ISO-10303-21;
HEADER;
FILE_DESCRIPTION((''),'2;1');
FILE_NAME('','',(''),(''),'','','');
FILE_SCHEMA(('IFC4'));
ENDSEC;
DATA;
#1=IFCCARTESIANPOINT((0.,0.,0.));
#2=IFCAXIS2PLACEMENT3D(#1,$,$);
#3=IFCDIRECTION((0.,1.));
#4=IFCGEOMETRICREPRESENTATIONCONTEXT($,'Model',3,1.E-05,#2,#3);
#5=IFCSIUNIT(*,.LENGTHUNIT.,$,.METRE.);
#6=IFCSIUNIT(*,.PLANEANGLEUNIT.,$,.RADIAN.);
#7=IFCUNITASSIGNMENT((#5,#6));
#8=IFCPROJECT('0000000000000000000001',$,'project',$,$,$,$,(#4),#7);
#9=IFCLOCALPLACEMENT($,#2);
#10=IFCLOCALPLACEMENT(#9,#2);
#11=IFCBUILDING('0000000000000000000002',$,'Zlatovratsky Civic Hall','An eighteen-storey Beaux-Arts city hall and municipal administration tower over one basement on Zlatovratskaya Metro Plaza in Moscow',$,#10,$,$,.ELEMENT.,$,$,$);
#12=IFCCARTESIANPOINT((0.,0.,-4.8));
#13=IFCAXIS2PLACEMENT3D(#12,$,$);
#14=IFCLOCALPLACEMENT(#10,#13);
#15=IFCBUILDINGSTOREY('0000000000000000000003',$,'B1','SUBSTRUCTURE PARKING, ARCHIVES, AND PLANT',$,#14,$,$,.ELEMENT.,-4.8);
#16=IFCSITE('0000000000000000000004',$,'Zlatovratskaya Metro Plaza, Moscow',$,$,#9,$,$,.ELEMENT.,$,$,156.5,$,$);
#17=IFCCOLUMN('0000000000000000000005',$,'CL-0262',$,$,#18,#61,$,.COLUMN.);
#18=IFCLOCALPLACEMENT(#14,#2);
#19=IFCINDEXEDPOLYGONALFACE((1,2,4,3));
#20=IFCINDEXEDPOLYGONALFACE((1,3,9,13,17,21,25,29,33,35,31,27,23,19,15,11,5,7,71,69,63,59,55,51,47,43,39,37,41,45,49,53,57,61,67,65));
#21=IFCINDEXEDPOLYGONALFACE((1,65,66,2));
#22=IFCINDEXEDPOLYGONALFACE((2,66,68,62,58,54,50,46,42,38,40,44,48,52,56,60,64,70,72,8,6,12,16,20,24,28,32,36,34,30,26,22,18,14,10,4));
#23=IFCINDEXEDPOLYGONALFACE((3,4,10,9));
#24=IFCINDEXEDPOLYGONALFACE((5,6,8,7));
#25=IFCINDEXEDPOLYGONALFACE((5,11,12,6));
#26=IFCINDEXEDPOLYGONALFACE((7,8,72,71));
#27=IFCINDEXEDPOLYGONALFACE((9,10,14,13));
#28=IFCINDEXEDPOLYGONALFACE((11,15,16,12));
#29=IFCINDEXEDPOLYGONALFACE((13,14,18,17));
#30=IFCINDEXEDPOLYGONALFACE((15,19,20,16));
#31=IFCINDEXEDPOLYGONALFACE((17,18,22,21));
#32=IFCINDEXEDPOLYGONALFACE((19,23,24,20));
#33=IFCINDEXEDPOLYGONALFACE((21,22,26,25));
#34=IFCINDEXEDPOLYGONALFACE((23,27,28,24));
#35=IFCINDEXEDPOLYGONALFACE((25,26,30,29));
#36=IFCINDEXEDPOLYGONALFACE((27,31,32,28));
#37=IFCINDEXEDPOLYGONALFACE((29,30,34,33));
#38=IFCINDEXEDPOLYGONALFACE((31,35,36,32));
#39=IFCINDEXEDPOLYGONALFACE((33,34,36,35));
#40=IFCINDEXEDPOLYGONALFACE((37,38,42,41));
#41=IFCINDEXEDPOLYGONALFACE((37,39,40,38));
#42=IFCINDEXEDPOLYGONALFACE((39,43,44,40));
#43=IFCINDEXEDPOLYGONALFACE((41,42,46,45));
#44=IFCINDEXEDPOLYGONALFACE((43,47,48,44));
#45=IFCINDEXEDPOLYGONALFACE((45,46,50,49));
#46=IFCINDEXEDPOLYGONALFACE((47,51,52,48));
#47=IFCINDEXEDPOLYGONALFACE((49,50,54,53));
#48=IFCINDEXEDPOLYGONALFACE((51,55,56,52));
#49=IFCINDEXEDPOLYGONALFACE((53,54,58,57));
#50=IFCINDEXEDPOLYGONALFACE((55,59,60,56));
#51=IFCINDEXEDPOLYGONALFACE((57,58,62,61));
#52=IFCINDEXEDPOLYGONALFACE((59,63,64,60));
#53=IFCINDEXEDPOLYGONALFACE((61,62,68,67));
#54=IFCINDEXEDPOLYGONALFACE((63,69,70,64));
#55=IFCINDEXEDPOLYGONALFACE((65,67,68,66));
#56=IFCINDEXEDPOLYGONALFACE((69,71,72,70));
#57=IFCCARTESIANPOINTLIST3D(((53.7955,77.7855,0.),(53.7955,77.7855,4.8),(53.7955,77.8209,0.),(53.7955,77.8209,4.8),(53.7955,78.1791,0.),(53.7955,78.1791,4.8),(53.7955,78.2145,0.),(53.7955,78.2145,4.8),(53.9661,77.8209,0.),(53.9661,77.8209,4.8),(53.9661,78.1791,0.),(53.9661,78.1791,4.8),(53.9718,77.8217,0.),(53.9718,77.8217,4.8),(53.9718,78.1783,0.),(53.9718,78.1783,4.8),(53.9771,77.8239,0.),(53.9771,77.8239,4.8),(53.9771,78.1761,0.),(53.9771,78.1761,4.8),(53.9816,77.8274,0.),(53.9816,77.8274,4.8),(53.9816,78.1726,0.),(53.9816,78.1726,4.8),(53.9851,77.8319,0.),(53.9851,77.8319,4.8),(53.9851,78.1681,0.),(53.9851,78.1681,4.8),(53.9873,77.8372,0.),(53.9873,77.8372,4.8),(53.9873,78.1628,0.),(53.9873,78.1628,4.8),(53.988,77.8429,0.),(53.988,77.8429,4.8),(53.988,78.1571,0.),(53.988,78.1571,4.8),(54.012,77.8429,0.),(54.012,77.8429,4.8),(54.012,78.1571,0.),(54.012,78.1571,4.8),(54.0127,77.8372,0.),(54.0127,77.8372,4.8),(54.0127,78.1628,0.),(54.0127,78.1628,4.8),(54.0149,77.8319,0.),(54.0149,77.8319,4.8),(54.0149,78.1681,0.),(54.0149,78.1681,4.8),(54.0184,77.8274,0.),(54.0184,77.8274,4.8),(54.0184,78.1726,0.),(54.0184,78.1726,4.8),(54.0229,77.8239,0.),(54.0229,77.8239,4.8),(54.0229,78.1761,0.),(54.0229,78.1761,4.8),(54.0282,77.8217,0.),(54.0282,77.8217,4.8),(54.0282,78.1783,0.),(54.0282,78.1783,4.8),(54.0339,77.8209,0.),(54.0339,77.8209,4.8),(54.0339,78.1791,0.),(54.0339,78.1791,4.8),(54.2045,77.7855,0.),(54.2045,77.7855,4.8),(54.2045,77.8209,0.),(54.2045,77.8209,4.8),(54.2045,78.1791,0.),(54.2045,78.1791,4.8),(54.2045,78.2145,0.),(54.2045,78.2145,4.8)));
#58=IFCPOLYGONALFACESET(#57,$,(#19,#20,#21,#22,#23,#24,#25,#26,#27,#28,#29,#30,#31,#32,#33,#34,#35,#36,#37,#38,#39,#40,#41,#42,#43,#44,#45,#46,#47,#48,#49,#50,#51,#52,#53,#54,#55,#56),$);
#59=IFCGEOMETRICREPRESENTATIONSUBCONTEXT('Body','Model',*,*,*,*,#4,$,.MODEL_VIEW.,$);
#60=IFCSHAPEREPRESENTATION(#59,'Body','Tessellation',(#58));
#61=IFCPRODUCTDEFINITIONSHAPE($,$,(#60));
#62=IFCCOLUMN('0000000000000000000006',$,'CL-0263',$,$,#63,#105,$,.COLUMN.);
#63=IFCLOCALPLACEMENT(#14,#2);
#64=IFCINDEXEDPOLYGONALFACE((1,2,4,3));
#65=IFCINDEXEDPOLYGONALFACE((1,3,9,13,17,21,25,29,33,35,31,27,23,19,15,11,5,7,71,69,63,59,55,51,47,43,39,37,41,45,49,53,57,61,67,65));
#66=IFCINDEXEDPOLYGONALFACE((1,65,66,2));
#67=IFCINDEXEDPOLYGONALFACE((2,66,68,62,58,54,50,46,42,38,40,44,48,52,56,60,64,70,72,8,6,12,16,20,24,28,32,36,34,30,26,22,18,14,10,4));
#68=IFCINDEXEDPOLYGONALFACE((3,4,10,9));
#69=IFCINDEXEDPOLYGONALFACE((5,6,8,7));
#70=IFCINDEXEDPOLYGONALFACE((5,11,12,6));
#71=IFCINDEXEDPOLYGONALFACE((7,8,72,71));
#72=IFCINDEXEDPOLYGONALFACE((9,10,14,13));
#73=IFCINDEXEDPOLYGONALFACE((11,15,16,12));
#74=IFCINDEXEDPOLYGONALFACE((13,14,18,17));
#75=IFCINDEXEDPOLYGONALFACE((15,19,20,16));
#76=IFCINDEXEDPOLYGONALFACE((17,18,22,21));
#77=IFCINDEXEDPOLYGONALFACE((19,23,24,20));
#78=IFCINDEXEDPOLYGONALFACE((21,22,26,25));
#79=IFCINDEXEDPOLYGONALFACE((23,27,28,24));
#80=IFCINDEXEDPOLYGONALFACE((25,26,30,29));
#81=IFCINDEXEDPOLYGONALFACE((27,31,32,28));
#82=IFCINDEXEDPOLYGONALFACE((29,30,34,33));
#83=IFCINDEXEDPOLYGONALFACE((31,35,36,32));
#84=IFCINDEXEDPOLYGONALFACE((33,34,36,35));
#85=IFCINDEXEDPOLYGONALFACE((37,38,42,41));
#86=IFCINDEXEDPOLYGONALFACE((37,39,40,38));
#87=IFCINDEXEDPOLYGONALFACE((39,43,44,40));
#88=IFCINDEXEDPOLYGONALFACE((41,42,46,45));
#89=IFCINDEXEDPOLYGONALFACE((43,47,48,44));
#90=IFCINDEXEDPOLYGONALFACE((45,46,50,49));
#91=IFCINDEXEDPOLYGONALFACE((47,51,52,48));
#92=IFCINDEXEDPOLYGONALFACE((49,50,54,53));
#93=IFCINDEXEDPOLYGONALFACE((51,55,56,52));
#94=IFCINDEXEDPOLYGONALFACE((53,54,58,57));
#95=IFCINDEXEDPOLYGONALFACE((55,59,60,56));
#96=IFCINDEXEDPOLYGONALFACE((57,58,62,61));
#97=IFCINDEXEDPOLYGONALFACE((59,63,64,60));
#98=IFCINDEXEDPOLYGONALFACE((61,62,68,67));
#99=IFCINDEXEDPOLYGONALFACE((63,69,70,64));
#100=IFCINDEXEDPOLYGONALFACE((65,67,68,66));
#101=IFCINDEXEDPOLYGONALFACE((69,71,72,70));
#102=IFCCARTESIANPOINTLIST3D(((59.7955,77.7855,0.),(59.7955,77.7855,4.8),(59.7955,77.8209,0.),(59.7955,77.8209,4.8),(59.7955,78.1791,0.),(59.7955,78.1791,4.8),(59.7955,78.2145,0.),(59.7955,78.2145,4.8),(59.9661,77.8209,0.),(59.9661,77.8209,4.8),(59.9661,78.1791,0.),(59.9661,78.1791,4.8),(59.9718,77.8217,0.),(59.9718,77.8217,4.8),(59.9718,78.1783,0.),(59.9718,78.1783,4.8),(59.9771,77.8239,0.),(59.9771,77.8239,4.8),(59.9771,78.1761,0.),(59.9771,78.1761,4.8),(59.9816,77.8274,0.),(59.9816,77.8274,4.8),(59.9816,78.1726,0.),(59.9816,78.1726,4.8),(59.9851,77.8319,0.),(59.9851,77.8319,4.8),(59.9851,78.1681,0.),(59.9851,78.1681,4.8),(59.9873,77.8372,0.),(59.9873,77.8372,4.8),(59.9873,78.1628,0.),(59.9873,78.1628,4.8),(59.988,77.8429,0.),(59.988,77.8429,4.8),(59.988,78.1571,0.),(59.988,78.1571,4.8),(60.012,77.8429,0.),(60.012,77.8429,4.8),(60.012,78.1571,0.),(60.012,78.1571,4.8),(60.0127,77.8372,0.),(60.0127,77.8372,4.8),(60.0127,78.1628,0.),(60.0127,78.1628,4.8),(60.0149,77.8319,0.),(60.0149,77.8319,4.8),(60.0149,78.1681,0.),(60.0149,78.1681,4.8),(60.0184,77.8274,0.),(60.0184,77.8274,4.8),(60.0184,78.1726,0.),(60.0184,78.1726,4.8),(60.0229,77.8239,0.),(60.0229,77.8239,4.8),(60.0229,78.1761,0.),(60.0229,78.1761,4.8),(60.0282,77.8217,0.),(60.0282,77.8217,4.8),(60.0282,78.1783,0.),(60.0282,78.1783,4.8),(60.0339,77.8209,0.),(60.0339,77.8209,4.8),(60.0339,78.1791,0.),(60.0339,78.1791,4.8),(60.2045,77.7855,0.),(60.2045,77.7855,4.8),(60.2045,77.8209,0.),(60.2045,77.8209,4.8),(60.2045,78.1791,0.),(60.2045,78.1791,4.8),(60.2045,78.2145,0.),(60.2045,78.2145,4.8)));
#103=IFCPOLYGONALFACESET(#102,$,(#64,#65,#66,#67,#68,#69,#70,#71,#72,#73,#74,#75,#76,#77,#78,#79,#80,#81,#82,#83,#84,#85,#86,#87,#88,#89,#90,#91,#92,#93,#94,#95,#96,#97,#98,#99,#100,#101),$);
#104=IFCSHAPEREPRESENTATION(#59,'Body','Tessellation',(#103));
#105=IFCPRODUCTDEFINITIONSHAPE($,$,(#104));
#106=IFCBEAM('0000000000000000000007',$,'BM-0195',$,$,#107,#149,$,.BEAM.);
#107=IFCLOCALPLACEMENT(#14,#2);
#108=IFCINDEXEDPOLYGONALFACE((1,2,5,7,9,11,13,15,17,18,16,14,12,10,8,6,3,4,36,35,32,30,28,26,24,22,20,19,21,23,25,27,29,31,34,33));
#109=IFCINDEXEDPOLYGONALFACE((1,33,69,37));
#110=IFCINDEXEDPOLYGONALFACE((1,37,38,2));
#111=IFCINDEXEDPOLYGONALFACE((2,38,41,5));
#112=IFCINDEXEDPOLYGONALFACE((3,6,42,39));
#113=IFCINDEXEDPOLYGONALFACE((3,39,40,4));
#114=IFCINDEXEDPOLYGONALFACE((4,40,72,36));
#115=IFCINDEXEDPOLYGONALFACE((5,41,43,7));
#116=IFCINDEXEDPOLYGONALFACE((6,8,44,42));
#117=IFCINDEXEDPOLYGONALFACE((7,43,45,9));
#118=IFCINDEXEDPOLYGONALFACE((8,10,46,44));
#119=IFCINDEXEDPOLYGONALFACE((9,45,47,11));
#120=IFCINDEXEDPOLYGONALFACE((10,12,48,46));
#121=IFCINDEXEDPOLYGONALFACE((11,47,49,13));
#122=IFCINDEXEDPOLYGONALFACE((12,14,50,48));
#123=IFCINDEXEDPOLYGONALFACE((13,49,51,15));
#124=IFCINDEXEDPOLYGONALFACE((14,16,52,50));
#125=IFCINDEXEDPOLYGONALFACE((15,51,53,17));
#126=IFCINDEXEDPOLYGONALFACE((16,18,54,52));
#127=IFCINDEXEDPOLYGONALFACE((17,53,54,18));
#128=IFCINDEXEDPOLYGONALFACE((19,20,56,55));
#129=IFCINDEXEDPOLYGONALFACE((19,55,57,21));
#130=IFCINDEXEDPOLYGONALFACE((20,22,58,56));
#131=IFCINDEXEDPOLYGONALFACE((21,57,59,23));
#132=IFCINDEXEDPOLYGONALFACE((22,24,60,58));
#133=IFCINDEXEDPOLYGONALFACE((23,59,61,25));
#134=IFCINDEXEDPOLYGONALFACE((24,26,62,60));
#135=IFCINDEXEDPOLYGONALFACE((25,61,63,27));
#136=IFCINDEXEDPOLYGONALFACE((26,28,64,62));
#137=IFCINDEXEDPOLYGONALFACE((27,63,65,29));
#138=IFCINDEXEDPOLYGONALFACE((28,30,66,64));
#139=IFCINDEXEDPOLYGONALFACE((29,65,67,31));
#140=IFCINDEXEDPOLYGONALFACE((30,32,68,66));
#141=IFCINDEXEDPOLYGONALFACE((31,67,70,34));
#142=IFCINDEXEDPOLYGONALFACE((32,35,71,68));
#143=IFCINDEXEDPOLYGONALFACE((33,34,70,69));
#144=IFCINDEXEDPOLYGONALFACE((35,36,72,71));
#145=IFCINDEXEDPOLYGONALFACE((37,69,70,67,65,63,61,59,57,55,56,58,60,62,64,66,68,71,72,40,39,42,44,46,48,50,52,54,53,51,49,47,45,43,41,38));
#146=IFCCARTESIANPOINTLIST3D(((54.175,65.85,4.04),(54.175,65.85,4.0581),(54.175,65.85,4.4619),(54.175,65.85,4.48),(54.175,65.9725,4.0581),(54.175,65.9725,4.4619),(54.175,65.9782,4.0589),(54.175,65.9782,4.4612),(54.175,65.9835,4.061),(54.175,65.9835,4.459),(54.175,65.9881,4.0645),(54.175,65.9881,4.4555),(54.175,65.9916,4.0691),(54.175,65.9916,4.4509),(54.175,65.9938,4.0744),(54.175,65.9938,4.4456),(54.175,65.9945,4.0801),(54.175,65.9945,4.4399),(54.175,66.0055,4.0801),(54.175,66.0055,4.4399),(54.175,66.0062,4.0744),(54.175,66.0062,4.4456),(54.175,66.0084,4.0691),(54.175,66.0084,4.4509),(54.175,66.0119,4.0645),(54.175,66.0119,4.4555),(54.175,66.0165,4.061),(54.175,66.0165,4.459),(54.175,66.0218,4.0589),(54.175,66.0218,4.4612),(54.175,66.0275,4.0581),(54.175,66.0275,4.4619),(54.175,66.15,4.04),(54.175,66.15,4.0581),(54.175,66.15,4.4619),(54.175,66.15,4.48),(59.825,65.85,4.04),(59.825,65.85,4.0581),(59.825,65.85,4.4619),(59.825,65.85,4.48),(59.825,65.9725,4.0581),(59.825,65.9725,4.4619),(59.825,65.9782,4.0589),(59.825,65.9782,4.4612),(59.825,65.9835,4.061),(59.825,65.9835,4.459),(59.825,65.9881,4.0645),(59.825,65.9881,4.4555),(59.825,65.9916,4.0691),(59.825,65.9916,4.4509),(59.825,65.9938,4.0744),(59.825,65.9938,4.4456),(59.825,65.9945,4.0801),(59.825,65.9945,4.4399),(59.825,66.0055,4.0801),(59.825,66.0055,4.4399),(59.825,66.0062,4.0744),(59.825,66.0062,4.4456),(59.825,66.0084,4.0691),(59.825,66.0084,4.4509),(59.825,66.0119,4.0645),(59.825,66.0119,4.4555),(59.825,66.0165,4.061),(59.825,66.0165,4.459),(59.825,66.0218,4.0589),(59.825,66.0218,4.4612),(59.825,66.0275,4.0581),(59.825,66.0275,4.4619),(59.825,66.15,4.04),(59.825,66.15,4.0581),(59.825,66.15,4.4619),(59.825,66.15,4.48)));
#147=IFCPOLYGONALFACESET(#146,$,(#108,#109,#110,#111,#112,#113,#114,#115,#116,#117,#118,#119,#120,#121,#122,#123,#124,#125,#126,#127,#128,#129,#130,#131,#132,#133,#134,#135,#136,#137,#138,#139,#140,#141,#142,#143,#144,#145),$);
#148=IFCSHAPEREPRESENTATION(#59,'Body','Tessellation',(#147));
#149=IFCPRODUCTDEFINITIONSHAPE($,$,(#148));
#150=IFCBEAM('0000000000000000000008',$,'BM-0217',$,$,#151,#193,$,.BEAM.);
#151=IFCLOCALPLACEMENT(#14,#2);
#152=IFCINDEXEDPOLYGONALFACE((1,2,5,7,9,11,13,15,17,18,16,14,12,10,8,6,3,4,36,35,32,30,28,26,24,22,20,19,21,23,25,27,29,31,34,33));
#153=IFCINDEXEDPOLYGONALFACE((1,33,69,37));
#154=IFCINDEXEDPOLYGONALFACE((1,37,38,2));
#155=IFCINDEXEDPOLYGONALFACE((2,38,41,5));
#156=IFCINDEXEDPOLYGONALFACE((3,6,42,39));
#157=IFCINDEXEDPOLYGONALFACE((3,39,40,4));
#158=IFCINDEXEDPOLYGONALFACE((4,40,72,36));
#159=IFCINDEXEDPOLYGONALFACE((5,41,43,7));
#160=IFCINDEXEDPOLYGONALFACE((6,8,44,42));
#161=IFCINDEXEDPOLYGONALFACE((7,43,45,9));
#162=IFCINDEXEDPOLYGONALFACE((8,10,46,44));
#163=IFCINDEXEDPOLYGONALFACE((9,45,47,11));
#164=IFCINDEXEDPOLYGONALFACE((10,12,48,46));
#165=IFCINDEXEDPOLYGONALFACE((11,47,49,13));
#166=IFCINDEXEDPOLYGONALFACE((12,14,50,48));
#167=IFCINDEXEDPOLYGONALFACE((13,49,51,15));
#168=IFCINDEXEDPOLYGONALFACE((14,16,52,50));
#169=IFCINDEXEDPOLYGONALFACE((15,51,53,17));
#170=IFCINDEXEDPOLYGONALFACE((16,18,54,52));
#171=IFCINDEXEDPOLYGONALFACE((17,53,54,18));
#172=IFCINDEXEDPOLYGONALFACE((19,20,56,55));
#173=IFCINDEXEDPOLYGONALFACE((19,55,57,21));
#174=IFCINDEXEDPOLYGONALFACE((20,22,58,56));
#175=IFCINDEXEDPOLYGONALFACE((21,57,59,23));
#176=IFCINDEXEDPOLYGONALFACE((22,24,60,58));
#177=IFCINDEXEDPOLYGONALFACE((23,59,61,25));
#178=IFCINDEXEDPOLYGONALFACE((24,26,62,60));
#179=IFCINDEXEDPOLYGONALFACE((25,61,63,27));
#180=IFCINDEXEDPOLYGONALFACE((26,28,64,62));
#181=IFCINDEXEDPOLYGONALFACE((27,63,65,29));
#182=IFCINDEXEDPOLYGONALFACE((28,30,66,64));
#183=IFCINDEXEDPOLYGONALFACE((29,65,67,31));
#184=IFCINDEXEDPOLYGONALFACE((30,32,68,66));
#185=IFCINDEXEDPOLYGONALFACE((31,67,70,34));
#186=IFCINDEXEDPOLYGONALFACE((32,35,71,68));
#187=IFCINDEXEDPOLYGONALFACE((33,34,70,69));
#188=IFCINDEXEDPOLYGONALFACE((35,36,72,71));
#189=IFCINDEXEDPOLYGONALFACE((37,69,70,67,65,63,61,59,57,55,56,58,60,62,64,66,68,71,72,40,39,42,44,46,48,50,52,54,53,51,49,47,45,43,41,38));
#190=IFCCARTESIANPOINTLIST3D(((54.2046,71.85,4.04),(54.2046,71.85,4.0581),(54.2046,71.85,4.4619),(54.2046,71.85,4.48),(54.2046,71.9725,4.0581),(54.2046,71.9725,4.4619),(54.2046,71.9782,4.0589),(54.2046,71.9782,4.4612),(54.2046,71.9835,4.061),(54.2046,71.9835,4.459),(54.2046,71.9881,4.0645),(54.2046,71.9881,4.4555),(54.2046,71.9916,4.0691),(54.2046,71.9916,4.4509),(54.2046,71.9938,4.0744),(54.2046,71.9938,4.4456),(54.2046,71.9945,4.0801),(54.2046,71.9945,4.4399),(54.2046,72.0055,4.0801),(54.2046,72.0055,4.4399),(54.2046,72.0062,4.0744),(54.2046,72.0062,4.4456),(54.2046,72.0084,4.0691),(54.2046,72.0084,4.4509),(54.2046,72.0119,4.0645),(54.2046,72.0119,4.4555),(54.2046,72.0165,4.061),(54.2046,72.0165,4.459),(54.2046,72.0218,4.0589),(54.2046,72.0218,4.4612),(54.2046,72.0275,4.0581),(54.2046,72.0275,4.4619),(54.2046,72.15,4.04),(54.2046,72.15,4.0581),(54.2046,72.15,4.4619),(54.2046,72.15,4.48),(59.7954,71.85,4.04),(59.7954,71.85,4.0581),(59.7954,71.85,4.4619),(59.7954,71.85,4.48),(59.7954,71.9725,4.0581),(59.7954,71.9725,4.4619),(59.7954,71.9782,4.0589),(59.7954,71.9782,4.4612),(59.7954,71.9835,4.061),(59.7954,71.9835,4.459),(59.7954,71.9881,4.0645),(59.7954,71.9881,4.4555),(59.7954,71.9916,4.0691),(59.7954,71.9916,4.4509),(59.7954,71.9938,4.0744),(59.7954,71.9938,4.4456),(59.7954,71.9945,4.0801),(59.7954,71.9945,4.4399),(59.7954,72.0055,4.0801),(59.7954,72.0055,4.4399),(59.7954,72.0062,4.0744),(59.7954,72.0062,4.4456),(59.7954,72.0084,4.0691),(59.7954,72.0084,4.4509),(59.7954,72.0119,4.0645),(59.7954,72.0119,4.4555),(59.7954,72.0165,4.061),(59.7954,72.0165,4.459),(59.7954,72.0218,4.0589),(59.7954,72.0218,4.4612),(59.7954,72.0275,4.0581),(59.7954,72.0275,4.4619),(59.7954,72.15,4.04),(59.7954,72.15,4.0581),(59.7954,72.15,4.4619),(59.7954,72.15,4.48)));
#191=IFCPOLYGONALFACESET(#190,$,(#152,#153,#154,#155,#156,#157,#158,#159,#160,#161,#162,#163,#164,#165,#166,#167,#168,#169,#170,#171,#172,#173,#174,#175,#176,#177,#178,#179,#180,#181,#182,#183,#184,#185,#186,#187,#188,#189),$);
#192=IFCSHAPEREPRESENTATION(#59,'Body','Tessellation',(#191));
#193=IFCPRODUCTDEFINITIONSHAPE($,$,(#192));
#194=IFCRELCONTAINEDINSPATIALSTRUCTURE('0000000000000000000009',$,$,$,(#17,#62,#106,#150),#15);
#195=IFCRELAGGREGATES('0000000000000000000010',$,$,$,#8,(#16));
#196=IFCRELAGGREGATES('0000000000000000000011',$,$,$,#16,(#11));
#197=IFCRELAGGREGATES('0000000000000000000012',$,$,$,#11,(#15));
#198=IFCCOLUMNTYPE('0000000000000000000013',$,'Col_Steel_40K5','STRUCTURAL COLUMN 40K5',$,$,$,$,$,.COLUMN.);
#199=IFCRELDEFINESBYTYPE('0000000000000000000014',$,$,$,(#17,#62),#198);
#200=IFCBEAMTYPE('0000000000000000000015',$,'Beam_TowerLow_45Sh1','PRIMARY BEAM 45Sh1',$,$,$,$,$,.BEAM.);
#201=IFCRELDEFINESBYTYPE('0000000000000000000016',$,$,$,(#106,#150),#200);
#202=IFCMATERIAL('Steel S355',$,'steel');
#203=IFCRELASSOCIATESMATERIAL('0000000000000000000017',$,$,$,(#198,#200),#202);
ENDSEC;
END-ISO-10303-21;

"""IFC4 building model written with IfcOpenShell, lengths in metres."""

from ifc_helpers import new_model, si_unit, direction, frame, origin, origin_2d, place, context, subcontext, project, spatial, i_section, extrude, material, material_profile, profile_set, type_object, element, save


model = new_model("IFC4")

# Units and contexts
model_context = context("Model", 3, precision=1e-05, world=origin(), true_north=direction((0.0, 1.0)))
body_context = subcontext(model_context, "Body", "Model", "MODEL_VIEW")
ifc_project = project(units=[si_unit("LENGTHUNIT", "METRE"), si_unit("PLANEANGLEUNIT", "RADIAN")], contexts=[model_context])

# Site, building, storey
site_placement = place(None, origin())
site = spatial("IfcSite", under=ifc_project, at=site_placement, Name="Zlatovratskaya Metro Plaza, Moscow", CompositionType="ELEMENT", RefElevation=156.5)
building_placement = place(site_placement, origin())
building = spatial("IfcBuilding", under=site, at=building_placement, Name="Zlatovratsky Civic Hall", Description="An eighteen-storey Beaux-Arts city hall and municipal administration tower over one basement on Zlatovratskaya Metro Plaza in Moscow", CompositionType="ELEMENT")
storey_placement = place(building_placement, frame((0.0, 0.0, -4.8)))
storey = spatial("IfcBuildingStorey", under=building, at=storey_placement, Name="B1", Description="SUBSTRUCTURE PARKING, ARCHIVES, AND PLANT", CompositionType="ELEMENT", Elevation=-4.8)

# Columns
ifc_material_1 = material(Name="Steel S355", Category="steel")
ifc_material_profile_1 = material_profile(ifc_material_1, i_section(OverallWidth=0.4089, OverallDepth=0.429, WebThickness=0.0239, FlangeThickness=0.0354, FilletRadius=0.022, at=origin_2d()), Name="40K5")
ifc_profile_set_1 = profile_set([ifc_material_profile_1], Name="Steel S355")
column_type_1 = type_object("IfcColumnType", Name="Col_Steel_40K5", Description="STRUCTURAL COLUMN 40K5", PredefinedType="COLUMN", material=ifc_profile_set_1)
for number, where, z_axis, x_axis, name in (
    (1, (54.0, 78.0, 0.0), (0.0, 0.0, 1.0), (1.0, 0.0, 0.0), "CL-0262"),
    (2, (60.0, 78.0, 0.0), (0.0, 0.0, 1.0), (1.0, 0.0, 0.0), "CL-0263"),
):
    element("IfcColumn", number, at=place(storey_placement, frame(where, z_axis=z_axis, x_axis=x_axis)), inside=storey, type_object=column_type_1, Name=name, PredefinedType="COLUMN", context=body_context, shape_type="SweptSolid", body=[
        extrude(i_section(OverallWidth=0.4089, OverallDepth=0.429, WebThickness=0.0239, FlangeThickness=0.0354, FilletRadius=0.022, at=origin_2d()), origin(), (0.0, 0.0, 1.0), 4.8),
    ])

# Beams
ifc_material_profile_2 = material_profile(ifc_material_1, i_section(OverallWidth=0.3, OverallDepth=0.4399, WebThickness=0.011, FlangeThickness=0.0181, FilletRadius=0.022, at=origin_2d()), Name="45Sh1")
ifc_profile_set_2 = profile_set([ifc_material_profile_2], Name="Steel S355")
beam_type = type_object("IfcBeamType", Name="Beam_TowerLow_45Sh1", Description="PRIMARY BEAM 45Sh1", PredefinedType="BEAM", material=ifc_profile_set_2)
beam_1_placement = place(storey_placement, frame((54.175, 66.0, 4.26), z_axis=(1.0, 0.0, 0.0), x_axis=(0.0, 1.0, 0.0)))
element("IfcBeam", 3, at=beam_1_placement, inside=storey, type_object=beam_type, Name="BM-0195", PredefinedType="BEAM", context=body_context, shape_type="SweptSolid", body=[
    extrude(i_section(OverallWidth=0.3, OverallDepth=0.4399, WebThickness=0.011, FlangeThickness=0.0181, FilletRadius=0.022, at=origin_2d()), origin(), (0.0, 0.0, 1.0), 5.6499),
])
for number, where, z_axis, x_axis, name in (
    (4, (54.2046, 72.0, 4.26), (1.0, 0.0, 0.0), (0.0, 1.0, 0.0), "BM-0217"),
):
    element("IfcBeam", number, at=place(storey_placement, frame(where, z_axis=z_axis, x_axis=x_axis)), inside=storey, type_object=beam_type, Name=name, PredefinedType="BEAM", context=body_context, shape_type="SweptSolid", body=[
        extrude(i_section(OverallWidth=0.3, OverallDepth=0.4399, WebThickness=0.011, FlangeThickness=0.0181, FilletRadius=0.022, at=origin_2d()), origin(), (0.0, 0.0, 1.0), 5.5908),
    ])

save(model, "model.ifc")
